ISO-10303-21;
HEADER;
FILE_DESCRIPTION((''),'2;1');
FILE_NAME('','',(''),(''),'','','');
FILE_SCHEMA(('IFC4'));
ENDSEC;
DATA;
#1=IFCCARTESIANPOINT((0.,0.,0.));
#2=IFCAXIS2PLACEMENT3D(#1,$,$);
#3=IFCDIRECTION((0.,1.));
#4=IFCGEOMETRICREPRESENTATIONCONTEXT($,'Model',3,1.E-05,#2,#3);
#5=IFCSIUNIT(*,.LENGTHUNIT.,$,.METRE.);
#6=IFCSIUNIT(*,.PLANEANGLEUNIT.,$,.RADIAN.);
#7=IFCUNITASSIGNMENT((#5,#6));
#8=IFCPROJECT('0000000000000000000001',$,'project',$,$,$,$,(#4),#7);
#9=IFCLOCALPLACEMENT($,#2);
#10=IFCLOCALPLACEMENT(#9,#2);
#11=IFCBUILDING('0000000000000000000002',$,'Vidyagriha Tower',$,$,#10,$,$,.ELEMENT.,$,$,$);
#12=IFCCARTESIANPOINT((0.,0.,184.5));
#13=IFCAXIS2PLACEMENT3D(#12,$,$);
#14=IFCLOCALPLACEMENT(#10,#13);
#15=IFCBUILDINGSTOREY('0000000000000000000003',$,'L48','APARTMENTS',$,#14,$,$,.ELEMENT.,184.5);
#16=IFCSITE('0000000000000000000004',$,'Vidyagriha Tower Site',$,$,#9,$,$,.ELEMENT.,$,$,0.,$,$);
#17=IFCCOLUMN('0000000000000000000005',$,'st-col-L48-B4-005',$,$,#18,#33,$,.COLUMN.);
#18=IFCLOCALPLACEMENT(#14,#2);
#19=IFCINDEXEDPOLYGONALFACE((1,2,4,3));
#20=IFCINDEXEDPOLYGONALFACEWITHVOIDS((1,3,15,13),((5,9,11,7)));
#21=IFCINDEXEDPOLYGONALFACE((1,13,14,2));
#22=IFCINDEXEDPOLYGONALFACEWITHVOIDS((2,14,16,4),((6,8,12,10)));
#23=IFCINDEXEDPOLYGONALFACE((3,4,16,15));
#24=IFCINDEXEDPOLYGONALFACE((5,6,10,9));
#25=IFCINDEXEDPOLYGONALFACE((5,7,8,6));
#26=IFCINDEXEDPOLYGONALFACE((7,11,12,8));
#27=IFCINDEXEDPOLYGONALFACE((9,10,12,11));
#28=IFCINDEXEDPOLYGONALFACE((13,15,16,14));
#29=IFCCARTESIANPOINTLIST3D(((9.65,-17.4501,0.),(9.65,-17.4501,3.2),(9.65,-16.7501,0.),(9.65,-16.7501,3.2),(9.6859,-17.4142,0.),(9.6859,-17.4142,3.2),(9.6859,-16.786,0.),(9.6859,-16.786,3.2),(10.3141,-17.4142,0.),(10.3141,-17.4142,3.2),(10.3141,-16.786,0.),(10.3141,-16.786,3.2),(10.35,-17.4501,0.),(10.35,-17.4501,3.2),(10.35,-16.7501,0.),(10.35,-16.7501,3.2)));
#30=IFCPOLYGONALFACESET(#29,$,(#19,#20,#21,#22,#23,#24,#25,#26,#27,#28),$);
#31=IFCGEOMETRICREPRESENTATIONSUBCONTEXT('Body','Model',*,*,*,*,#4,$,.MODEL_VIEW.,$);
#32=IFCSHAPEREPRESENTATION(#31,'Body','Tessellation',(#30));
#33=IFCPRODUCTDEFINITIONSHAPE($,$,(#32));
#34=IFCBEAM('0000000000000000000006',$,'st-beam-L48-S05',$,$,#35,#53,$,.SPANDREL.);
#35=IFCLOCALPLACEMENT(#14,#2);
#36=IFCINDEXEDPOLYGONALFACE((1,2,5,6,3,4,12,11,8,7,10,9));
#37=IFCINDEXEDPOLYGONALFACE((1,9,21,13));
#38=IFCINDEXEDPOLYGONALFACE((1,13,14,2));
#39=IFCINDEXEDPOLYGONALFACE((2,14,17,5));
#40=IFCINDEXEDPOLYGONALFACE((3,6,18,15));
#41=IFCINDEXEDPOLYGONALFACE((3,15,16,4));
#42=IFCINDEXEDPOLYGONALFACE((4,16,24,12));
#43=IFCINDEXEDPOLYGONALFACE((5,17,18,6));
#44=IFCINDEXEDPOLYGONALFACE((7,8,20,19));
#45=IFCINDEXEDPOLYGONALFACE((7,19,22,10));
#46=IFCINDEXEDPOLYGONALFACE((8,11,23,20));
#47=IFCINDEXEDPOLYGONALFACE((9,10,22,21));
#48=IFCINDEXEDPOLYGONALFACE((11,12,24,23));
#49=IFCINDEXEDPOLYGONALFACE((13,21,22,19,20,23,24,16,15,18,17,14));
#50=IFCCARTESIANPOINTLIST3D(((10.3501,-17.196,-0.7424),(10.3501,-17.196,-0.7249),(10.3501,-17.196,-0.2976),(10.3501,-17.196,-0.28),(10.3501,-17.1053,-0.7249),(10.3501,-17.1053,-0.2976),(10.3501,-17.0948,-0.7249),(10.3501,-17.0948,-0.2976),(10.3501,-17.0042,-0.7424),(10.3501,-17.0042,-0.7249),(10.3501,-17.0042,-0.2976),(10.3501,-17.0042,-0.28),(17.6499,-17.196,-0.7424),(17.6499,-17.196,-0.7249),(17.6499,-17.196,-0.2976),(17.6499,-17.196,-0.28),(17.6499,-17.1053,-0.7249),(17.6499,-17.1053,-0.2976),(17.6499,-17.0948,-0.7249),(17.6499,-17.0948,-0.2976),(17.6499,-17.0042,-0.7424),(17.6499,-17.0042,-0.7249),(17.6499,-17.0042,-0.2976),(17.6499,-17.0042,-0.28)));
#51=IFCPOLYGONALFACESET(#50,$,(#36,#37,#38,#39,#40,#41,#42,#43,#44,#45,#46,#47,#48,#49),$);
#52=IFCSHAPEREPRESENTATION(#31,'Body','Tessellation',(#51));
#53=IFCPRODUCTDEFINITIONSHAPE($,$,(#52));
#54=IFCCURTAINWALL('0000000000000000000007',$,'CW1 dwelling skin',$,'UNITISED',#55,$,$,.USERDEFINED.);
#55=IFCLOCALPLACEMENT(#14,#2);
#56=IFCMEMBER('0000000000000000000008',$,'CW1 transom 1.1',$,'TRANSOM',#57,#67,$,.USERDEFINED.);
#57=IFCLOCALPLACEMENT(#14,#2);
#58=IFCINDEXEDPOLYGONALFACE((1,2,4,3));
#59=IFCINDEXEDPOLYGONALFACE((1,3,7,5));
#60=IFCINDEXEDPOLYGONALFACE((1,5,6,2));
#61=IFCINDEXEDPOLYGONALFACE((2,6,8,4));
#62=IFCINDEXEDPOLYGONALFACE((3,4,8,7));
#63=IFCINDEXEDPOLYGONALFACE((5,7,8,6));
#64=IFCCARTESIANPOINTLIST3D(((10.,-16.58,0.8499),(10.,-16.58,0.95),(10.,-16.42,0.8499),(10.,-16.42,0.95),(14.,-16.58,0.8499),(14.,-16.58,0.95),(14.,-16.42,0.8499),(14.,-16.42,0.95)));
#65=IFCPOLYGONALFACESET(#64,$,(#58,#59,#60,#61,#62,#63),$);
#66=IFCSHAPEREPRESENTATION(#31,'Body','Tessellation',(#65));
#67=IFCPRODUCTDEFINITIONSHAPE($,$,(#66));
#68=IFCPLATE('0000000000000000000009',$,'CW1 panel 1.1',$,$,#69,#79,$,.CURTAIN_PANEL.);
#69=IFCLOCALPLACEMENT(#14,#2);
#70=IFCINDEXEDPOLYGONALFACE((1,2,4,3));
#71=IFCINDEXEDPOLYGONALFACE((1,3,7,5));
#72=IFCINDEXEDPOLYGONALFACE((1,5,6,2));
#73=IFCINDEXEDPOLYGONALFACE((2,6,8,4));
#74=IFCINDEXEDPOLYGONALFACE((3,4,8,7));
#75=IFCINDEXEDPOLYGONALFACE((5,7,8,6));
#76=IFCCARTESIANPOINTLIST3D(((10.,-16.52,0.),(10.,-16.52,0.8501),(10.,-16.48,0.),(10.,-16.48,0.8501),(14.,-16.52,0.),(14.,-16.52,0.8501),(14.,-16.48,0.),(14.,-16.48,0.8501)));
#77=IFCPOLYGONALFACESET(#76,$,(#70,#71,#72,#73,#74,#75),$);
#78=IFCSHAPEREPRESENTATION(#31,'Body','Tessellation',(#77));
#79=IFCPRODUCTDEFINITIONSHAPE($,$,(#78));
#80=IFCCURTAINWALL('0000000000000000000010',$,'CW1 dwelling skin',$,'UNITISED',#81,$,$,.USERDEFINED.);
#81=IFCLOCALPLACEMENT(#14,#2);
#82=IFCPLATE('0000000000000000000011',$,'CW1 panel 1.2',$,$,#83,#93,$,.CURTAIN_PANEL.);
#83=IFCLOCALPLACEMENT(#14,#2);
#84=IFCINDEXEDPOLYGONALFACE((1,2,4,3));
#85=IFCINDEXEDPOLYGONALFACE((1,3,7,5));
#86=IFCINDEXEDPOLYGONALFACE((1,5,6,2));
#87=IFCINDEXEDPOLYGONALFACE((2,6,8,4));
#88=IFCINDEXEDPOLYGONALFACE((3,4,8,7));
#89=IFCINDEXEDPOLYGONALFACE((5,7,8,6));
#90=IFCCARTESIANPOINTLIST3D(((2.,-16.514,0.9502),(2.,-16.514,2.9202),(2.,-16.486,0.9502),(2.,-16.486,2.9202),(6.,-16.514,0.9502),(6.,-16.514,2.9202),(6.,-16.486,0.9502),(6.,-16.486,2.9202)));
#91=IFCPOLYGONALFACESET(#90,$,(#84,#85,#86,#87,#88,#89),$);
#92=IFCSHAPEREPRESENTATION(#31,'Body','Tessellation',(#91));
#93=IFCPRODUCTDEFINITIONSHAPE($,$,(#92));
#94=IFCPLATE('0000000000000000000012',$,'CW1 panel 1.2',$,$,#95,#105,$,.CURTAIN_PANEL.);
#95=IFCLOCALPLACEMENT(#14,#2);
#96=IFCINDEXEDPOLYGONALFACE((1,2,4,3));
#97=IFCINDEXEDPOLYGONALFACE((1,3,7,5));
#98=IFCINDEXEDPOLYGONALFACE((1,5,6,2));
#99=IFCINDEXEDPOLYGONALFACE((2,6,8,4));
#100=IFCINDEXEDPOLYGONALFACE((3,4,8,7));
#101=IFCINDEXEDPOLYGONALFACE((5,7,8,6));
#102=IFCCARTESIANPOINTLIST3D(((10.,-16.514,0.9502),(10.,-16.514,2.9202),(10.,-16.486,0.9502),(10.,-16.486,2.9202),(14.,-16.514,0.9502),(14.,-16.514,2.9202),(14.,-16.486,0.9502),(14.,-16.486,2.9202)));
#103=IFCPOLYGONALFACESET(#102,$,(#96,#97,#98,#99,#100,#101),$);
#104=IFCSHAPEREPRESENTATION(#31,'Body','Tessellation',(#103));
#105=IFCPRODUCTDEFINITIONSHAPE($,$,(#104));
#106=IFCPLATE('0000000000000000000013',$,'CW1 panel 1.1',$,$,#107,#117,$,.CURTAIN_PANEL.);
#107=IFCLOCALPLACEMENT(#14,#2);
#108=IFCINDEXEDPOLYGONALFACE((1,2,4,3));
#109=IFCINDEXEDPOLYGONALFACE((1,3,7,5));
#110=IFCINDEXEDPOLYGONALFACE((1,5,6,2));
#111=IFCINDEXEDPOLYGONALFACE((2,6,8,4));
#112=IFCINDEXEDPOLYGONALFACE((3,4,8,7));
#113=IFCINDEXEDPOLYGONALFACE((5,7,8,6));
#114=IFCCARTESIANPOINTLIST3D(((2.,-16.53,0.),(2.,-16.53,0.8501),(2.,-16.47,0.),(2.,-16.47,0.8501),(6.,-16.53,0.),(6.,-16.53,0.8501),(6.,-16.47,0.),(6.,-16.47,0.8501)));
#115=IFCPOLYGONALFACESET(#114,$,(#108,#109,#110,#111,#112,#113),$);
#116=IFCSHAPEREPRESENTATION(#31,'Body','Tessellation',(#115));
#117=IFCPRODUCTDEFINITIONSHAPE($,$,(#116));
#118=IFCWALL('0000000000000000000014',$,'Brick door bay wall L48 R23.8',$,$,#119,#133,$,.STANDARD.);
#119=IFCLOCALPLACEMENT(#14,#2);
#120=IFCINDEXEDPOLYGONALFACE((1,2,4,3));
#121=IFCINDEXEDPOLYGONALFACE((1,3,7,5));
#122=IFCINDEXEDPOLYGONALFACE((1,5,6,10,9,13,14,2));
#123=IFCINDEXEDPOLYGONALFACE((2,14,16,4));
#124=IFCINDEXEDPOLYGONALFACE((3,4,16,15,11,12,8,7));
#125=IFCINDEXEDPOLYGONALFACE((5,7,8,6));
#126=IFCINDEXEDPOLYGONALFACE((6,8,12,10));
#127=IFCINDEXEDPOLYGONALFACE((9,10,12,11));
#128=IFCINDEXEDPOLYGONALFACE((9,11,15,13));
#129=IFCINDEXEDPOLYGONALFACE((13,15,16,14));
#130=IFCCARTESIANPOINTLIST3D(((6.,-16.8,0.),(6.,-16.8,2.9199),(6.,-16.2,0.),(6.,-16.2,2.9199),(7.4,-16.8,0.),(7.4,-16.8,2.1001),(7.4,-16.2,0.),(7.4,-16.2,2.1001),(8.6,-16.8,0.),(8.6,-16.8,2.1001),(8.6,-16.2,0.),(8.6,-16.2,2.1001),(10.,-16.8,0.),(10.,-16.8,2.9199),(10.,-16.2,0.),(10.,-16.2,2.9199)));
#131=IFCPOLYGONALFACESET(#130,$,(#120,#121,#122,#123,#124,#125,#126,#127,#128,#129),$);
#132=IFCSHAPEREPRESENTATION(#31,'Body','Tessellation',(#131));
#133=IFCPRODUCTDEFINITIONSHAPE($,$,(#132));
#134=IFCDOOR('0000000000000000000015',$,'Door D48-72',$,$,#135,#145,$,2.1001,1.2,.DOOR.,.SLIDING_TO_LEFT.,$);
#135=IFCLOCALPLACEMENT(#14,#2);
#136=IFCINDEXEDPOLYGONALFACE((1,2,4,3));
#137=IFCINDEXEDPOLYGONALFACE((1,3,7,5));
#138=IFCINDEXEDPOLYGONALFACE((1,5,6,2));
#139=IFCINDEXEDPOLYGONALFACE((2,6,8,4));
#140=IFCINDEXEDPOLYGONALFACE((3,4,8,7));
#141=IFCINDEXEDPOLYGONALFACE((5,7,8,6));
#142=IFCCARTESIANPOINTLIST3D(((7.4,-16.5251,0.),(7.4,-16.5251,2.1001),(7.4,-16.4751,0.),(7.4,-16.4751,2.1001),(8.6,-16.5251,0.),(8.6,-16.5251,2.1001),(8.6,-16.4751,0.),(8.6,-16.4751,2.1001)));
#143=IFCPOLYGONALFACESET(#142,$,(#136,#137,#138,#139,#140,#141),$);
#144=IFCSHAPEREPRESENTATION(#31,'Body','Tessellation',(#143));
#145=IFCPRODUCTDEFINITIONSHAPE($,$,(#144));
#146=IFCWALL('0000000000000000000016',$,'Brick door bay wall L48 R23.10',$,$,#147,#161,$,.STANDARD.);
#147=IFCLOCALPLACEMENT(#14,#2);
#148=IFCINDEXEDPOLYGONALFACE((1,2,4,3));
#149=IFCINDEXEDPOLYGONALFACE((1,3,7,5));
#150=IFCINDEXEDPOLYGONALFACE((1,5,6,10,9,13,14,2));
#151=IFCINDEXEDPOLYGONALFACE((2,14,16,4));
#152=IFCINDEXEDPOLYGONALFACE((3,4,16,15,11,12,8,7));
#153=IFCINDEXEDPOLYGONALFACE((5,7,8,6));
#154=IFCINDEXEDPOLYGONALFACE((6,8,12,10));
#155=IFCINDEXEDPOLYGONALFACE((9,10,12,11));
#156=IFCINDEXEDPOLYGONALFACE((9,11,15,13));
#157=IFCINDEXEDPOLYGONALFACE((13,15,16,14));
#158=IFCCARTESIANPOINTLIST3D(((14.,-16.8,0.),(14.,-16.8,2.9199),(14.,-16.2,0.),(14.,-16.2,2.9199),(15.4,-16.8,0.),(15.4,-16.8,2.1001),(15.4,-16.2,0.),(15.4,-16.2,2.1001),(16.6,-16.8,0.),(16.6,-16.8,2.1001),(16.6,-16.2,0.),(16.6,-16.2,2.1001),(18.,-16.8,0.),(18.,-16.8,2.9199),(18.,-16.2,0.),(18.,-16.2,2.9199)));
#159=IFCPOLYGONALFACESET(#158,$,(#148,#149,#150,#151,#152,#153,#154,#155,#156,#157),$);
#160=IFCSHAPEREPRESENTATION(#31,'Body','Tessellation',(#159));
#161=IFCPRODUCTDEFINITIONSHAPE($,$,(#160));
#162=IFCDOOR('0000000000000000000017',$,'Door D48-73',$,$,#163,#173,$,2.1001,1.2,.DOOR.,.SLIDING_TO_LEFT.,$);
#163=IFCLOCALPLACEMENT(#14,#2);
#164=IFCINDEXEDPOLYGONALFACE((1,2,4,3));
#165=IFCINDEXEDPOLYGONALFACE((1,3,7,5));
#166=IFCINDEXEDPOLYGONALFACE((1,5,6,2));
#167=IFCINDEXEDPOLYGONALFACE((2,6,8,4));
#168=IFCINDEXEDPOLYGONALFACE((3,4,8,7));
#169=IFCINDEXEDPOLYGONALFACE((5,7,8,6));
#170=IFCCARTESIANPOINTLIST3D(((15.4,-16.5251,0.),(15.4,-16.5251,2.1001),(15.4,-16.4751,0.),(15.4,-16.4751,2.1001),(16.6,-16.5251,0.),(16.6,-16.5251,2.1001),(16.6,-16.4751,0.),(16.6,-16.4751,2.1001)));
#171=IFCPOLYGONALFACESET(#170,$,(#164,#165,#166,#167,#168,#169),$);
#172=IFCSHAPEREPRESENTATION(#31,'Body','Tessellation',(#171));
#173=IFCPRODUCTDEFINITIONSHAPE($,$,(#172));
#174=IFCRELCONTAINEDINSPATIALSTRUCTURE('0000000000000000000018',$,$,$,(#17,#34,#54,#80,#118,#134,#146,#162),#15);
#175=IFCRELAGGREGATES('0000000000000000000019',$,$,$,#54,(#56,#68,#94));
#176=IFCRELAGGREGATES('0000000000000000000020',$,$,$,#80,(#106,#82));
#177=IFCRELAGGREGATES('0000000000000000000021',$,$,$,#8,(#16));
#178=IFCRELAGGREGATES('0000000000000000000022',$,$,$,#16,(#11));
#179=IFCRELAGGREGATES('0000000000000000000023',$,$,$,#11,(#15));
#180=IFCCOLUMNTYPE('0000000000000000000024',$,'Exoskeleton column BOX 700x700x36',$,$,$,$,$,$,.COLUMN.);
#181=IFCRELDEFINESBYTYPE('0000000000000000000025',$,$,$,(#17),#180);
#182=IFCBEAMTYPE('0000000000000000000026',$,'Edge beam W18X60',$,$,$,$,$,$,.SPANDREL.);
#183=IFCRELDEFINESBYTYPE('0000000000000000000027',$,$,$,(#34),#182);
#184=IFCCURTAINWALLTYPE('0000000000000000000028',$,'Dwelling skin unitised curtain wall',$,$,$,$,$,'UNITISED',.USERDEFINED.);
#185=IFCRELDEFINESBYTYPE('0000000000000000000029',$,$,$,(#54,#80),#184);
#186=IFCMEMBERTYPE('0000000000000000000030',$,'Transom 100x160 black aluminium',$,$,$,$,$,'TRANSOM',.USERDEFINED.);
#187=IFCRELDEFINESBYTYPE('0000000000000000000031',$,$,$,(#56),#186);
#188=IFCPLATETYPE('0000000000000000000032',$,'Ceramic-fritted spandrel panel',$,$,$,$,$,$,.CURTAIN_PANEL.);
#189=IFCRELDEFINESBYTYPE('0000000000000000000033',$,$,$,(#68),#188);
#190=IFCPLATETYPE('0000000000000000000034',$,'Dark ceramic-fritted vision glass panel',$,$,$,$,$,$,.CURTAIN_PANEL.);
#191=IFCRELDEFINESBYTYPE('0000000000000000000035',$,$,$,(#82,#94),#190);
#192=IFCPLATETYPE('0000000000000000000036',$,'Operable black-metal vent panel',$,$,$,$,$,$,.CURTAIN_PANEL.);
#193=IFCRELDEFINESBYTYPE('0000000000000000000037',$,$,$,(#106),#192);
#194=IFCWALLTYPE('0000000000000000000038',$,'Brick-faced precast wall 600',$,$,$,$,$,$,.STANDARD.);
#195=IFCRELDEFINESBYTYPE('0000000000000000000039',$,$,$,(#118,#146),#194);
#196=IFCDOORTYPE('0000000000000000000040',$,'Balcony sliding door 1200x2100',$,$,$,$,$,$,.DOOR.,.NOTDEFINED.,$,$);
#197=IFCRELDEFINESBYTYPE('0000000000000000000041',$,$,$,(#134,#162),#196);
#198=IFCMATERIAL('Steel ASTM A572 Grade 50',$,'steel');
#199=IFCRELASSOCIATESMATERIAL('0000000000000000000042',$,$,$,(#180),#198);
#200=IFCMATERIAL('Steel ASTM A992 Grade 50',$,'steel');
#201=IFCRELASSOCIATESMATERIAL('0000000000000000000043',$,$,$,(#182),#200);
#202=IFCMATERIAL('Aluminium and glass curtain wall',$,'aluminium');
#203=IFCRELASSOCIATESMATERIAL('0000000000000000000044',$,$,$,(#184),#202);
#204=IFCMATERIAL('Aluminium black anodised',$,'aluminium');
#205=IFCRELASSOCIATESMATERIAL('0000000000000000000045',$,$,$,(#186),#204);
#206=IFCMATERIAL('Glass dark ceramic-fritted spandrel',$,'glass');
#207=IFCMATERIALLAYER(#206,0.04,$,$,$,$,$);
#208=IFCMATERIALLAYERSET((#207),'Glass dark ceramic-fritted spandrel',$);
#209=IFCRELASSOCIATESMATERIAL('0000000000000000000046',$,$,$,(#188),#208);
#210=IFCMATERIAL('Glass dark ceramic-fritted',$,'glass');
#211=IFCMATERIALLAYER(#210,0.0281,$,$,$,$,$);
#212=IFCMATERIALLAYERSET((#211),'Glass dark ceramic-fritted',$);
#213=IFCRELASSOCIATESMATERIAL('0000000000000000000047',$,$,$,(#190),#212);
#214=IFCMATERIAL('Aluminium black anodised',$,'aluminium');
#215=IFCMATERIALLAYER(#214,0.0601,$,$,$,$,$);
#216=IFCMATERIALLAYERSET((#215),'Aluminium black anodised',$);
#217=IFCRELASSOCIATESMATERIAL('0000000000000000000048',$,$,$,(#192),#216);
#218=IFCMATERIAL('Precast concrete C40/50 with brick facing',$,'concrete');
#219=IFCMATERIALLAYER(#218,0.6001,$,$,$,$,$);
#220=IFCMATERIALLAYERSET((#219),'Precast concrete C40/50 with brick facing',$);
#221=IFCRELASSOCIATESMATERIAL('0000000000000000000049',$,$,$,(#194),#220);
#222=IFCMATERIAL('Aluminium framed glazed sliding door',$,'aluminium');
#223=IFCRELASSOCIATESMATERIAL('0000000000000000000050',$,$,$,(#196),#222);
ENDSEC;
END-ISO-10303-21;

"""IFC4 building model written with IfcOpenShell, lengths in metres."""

from ifc_helpers import new_model, si_unit, direction, frame, frame_2d, origin, origin_2d, place, context, subcontext, project, spatial, rectangle, hollow_rectangle, i_section, extrude, material, layer, layer_set, material_profile, profile_set, type_object, element, fill, aggregate, save


model = new_model("IFC4")

# Units and contexts
model_context = context("Model", 3, precision=1e-05, world=origin(), true_north=direction((0.0, 1.0)))
body_context = subcontext(model_context, "Body", "Model", "MODEL_VIEW")
ifc_project = project(units=[si_unit("LENGTHUNIT", "METRE"), si_unit("PLANEANGLEUNIT", "RADIAN")], contexts=[model_context])

# Site, building, storey
site_placement = place(None, origin())
site = spatial("IfcSite", under=ifc_project, at=site_placement, Name="Vidyagriha Tower Site", CompositionType="ELEMENT", RefElevation=0.0)
building_placement = place(site_placement, origin())
building = spatial("IfcBuilding", under=site, at=building_placement, Name="Vidyagriha Tower", CompositionType="ELEMENT")
storey_placement = place(building_placement, frame((0.0, 0.0, 184.5)))
storey = spatial("IfcBuildingStorey", under=building, at=storey_placement, Name="L48", Description="APARTMENTS", CompositionType="ELEMENT", Elevation=184.5)

# Column
ifc_material_1 = material(Name="Steel ASTM A572 Grade 50", Category="steel")
ifc_material_profile_1 = material_profile(ifc_material_1, hollow_rectangle(XDim=0.7, YDim=0.7, WallThickness=0.0359, at=origin_2d()), Name="BOX 700x700x36")
ifc_profile_set_1 = profile_set([ifc_material_profile_1], Name="Steel ASTM A572 Grade 50")
column_type = type_object("IfcColumnType", Name="Exoskeleton column BOX 700x700x36", PredefinedType="COLUMN", material=ifc_profile_set_1)
column_placement = place(storey_placement, frame((10.0, -17.1001, 0.0)))
element("IfcColumn", 1, at=column_placement, inside=storey, type_object=column_type, Name="st-col-L48-B4-005", PredefinedType="COLUMN", context=body_context, shape_type="SweptSolid", body=[
    extrude(hollow_rectangle(XDim=0.7, YDim=0.7, WallThickness=0.0359, at=origin_2d()), origin(), (0.0, 0.0, 1.0), 3.2),
])

# Beam
ifc_material_2 = material(Name="Steel ASTM A992 Grade 50", Category="steel")
ifc_material_profile_2 = material_profile(ifc_material_2, i_section(OverallWidth=0.1919, OverallDepth=0.4624, WebThickness=0.0105, FlangeThickness=0.0176, at=origin_2d()), Name="W18X60")
ifc_profile_set_2 = profile_set([ifc_material_profile_2], Name="Steel ASTM A992 Grade 50")
beam_type = type_object("IfcBeamType", Name="Edge beam W18X60", PredefinedType="SPANDREL", material=ifc_profile_set_2)
beam_placement = place(storey_placement, frame((10.3501, -17.1001, -0.5112), z_axis=(1.0, 0.0, 0.0), x_axis=(0.0, 1.0, 0.0)))
element("IfcBeam", 2, at=beam_placement, inside=storey, type_object=beam_type, Name="st-beam-L48-S05", PredefinedType="SPANDREL", context=body_context, shape_type="SweptSolid", body=[
    extrude(i_section(OverallWidth=0.1919, OverallDepth=0.4624, WebThickness=0.0105, FlangeThickness=0.0176, at=origin_2d()), origin(), (0.0, 0.0, 1.0), 7.2998),
])

# Curtain wall, member, plate
ifc_material_3 = material(Name="Aluminium and glass curtain wall", Category="aluminium")
curtain_wall_type = type_object("IfcCurtainWallType", Name="Dwelling skin unitised curtain wall", ElementType="UNITISED", PredefinedType="USERDEFINED", material=ifc_material_3)
curtain_wall_1_placement = place(storey_placement, origin())
curtain_wall_1 = element("IfcCurtainWall", 3, at=curtain_wall_1_placement, inside=storey, type_object=curtain_wall_type, Name="CW1 dwelling skin", ObjectType="UNITISED", PredefinedType="USERDEFINED")
ifc_material_4 = material(Name="Aluminium black anodised", Category="aluminium")
ifc_material_profile_3 = material_profile(ifc_material_4, rectangle(XDim=0.1599, YDim=0.1001, at=origin_2d()), Name="Transom 100x160 black aluminium")
ifc_profile_set_3 = profile_set([ifc_material_profile_3], Name="Aluminium black anodised")
member_type = type_object("IfcMemberType", Name="Transom 100x160 black aluminium", ElementType="TRANSOM", PredefinedType="USERDEFINED", material=ifc_profile_set_3)
member_placement = place(storey_placement, frame((10.0, -16.5, 0.8999), z_axis=(1.0, 0.0, 0.0), x_axis=(0.0, 1.0, 0.0)))
member = element("IfcMember", 4, at=member_placement, type_object=member_type, Name="CW1 transom 1.1", ObjectType="TRANSOM", PredefinedType="USERDEFINED", context=body_context, shape_type="SweptSolid", body=[
    extrude(rectangle(XDim=0.1599, YDim=0.1001, at=origin_2d()), origin(), (0.0, 0.0, 1.0), 4.0),
])
ifc_material_5 = material(Name="Glass dark ceramic-fritted spandrel", Category="glass")
ifc_layer_1 = layer(ifc_material_5, 0.04)
ifc_layer_set_1 = layer_set([ifc_layer_1], Name="Glass dark ceramic-fritted spandrel")
plate_type_1 = type_object("IfcPlateType", Name="Ceramic-fritted spandrel panel", PredefinedType="CURTAIN_PANEL", material=ifc_layer_set_1)
plate_1_placement = place(storey_placement, frame((12.0, -16.5, 0.0)))
plate_1 = element("IfcPlate", 5, at=plate_1_placement, type_object=plate_type_1, Name="CW1 panel 1.1", PredefinedType="CURTAIN_PANEL", context=body_context, shape_type="SweptSolid", body=[
    extrude(rectangle(XDim=4.0, YDim=0.04, at=origin_2d()), origin(), (0.0, 0.0, 1.0), 0.8501),
])

# Curtain wall, plate
curtain_wall_2_placement = place(storey_placement, origin())
curtain_wall_2 = element("IfcCurtainWall", 6, at=curtain_wall_2_placement, inside=storey, type_object=curtain_wall_type, Name="CW1 dwelling skin", ObjectType="UNITISED", PredefinedType="USERDEFINED")
ifc_material_6 = material(Name="Glass dark ceramic-fritted", Category="glass")
ifc_layer_2 = layer(ifc_material_6, 0.0281)
ifc_layer_set_2 = layer_set([ifc_layer_2], Name="Glass dark ceramic-fritted")
plate_type_2 = type_object("IfcPlateType", Name="Dark ceramic-fritted vision glass panel", PredefinedType="CURTAIN_PANEL", material=ifc_layer_set_2)
plate_2_placement = place(storey_placement, frame((4.0, -16.5, 0.9502)))
plate_2 = element("IfcPlate", 7, at=plate_2_placement, type_object=plate_type_2, Name="CW1 panel 1.2", PredefinedType="CURTAIN_PANEL", context=body_context, shape_type="SweptSolid", body=[
    extrude(rectangle(XDim=4.0, YDim=0.0281, at=origin_2d()), origin(), (0.0, 0.0, 1.0), 1.97),
])

# Plates
plate_3_placement = place(storey_placement, frame((12.0, -16.5, 0.9502)))
plate_3 = element("IfcPlate", 8, at=plate_3_placement, type_object=plate_type_2, Name="CW1 panel 1.2", PredefinedType="CURTAIN_PANEL", context=body_context, shape_type="SweptSolid", body=[
    extrude(rectangle(XDim=4.0, YDim=0.0281, at=origin_2d()), origin(), (0.0, 0.0, 1.0), 1.97),
])
aggregate(curtain_wall_1, [member, plate_1, plate_3])
ifc_material_7 = material(Name="Aluminium black anodised", Category="aluminium")
ifc_layer_3 = layer(ifc_material_7, 0.0601)
ifc_layer_set_3 = layer_set([ifc_layer_3], Name="Aluminium black anodised")
plate_type_3 = type_object("IfcPlateType", Name="Operable black-metal vent panel", PredefinedType="CURTAIN_PANEL", material=ifc_layer_set_3)
plate_4_placement = place(storey_placement, frame((4.0, -16.5, 0.0)))
plate_4 = element("IfcPlate", 9, at=plate_4_placement, type_object=plate_type_3, Name="CW1 panel 1.1", PredefinedType="CURTAIN_PANEL", context=body_context, shape_type="SweptSolid", body=[
    extrude(rectangle(XDim=4.0, YDim=0.0601, at=origin_2d()), origin(), (0.0, 0.0, 1.0), 0.8501),
])
aggregate(curtain_wall_2, [plate_4, plate_2])

# Walls, openings, doors
ifc_material_8 = material(Name="Precast concrete C40/50 with brick facing", Category="concrete")
ifc_layer_4 = layer(ifc_material_8, 0.6001)
ifc_layer_set_4 = layer_set([ifc_layer_4], Name="Precast concrete C40/50 with brick facing")
wall_type = type_object("IfcWallType", Name="Brick-faced precast wall 600", PredefinedType="STANDARD", material=ifc_layer_set_4)
wall_1_placement = place(storey_placement, frame((6.0, -16.5, 0.0)))
wall_1 = element("IfcWall", 10, at=wall_1_placement, inside=storey, type_object=wall_type, Name="Brick door bay wall L48 R23.8", PredefinedType="STANDARD", context=body_context, shape_type="SweptSolid", body=[
    extrude(rectangle(XDim=4.0, YDim=0.6001, at=frame_2d((2.0, 0.0))), origin(), (0.0, 0.0, 1.0), 2.9199),
])
opening_1_placement = place(wall_1_placement, frame((1.3999, 0.0, 0.0)))
opening_1 = element("IfcOpeningElement", 11, at=opening_1_placement, cuts=wall_1, PredefinedType="OPENING", context=body_context, shape_type="SweptSolid", body=[
    extrude(rectangle(XDim=1.2, YDim=2.1001, at=frame_2d((0.6001, 1.05))), frame((0.0, 0.3101, 0.0), z_axis=(0.0, -1.0, 0.0), x_axis=(1.0, 0.0, 0.0)), (0.0, 0.0, 1.0), 0.6201),
])
ifc_material_9 = material(Name="Aluminium framed glazed sliding door", Category="aluminium")
door_type = type_object("IfcDoorType", Name="Balcony sliding door 1200x2100", OperationType="NOTDEFINED", PredefinedType="DOOR", material=ifc_material_9)
door_1_placement = place(opening_1_placement, origin())
door_1 = element("IfcDoor", 12, at=door_1_placement, inside=storey, type_object=door_type, Name="Door D48-72", OperationType="SLIDING_TO_LEFT", OverallHeight=2.1001, OverallWidth=1.2, PredefinedType="DOOR", context=body_context, shape_type="SweptSolid", body=[
    extrude(rectangle(XDim=1.2, YDim=2.1001, at=frame_2d((0.6001, 1.05))), frame((0.0, 0.0249, 0.0), z_axis=(0.0, -1.0, 0.0), x_axis=(1.0, 0.0, 0.0)), (0.0, 0.0, 1.0), 0.05),
])
fill(opening_1, door_1)
wall_2_placement = place(storey_placement, frame((14.0, -16.5, 0.0)))
wall_2 = element("IfcWall", 13, at=wall_2_placement, inside=storey, type_object=wall_type, Name="Brick door bay wall L48 R23.10", PredefinedType="STANDARD", context=body_context, shape_type="SweptSolid", body=[
    extrude(rectangle(XDim=4.0, YDim=0.6001, at=frame_2d((2.0, 0.0))), origin(), (0.0, 0.0, 1.0), 2.9199),
])
opening_2_placement = place(wall_2_placement, frame((1.3999, 0.0, 0.0)))
opening_2 = element("IfcOpeningElement", 14, at=opening_2_placement, cuts=wall_2, PredefinedType="OPENING", context=body_context, shape_type="SweptSolid", body=[
    extrude(rectangle(XDim=1.2, YDim=2.1001, at=frame_2d((0.6001, 1.05))), frame((0.0, 0.3101, 0.0), z_axis=(0.0, -1.0, 0.0), x_axis=(1.0, 0.0, 0.0)), (0.0, 0.0, 1.0), 0.6201),
])
door_2_placement = place(opening_2_placement, origin())
door_2 = element("IfcDoor", 15, at=door_2_placement, inside=storey, type_object=door_type, Name="Door D48-73", OperationType="SLIDING_TO_LEFT", OverallHeight=2.1001, OverallWidth=1.2, PredefinedType="DOOR", context=body_context, shape_type="SweptSolid", body=[
    extrude(rectangle(XDim=1.2, YDim=2.1001, at=frame_2d((0.6001, 1.05))), frame((0.0, 0.0249, 0.0), z_axis=(0.0, -1.0, 0.0), x_axis=(1.0, 0.0, 0.0)), (0.0, 0.0, 1.0), 0.05),
])
fill(opening_2, door_2)

save(model, "model.ifc")
